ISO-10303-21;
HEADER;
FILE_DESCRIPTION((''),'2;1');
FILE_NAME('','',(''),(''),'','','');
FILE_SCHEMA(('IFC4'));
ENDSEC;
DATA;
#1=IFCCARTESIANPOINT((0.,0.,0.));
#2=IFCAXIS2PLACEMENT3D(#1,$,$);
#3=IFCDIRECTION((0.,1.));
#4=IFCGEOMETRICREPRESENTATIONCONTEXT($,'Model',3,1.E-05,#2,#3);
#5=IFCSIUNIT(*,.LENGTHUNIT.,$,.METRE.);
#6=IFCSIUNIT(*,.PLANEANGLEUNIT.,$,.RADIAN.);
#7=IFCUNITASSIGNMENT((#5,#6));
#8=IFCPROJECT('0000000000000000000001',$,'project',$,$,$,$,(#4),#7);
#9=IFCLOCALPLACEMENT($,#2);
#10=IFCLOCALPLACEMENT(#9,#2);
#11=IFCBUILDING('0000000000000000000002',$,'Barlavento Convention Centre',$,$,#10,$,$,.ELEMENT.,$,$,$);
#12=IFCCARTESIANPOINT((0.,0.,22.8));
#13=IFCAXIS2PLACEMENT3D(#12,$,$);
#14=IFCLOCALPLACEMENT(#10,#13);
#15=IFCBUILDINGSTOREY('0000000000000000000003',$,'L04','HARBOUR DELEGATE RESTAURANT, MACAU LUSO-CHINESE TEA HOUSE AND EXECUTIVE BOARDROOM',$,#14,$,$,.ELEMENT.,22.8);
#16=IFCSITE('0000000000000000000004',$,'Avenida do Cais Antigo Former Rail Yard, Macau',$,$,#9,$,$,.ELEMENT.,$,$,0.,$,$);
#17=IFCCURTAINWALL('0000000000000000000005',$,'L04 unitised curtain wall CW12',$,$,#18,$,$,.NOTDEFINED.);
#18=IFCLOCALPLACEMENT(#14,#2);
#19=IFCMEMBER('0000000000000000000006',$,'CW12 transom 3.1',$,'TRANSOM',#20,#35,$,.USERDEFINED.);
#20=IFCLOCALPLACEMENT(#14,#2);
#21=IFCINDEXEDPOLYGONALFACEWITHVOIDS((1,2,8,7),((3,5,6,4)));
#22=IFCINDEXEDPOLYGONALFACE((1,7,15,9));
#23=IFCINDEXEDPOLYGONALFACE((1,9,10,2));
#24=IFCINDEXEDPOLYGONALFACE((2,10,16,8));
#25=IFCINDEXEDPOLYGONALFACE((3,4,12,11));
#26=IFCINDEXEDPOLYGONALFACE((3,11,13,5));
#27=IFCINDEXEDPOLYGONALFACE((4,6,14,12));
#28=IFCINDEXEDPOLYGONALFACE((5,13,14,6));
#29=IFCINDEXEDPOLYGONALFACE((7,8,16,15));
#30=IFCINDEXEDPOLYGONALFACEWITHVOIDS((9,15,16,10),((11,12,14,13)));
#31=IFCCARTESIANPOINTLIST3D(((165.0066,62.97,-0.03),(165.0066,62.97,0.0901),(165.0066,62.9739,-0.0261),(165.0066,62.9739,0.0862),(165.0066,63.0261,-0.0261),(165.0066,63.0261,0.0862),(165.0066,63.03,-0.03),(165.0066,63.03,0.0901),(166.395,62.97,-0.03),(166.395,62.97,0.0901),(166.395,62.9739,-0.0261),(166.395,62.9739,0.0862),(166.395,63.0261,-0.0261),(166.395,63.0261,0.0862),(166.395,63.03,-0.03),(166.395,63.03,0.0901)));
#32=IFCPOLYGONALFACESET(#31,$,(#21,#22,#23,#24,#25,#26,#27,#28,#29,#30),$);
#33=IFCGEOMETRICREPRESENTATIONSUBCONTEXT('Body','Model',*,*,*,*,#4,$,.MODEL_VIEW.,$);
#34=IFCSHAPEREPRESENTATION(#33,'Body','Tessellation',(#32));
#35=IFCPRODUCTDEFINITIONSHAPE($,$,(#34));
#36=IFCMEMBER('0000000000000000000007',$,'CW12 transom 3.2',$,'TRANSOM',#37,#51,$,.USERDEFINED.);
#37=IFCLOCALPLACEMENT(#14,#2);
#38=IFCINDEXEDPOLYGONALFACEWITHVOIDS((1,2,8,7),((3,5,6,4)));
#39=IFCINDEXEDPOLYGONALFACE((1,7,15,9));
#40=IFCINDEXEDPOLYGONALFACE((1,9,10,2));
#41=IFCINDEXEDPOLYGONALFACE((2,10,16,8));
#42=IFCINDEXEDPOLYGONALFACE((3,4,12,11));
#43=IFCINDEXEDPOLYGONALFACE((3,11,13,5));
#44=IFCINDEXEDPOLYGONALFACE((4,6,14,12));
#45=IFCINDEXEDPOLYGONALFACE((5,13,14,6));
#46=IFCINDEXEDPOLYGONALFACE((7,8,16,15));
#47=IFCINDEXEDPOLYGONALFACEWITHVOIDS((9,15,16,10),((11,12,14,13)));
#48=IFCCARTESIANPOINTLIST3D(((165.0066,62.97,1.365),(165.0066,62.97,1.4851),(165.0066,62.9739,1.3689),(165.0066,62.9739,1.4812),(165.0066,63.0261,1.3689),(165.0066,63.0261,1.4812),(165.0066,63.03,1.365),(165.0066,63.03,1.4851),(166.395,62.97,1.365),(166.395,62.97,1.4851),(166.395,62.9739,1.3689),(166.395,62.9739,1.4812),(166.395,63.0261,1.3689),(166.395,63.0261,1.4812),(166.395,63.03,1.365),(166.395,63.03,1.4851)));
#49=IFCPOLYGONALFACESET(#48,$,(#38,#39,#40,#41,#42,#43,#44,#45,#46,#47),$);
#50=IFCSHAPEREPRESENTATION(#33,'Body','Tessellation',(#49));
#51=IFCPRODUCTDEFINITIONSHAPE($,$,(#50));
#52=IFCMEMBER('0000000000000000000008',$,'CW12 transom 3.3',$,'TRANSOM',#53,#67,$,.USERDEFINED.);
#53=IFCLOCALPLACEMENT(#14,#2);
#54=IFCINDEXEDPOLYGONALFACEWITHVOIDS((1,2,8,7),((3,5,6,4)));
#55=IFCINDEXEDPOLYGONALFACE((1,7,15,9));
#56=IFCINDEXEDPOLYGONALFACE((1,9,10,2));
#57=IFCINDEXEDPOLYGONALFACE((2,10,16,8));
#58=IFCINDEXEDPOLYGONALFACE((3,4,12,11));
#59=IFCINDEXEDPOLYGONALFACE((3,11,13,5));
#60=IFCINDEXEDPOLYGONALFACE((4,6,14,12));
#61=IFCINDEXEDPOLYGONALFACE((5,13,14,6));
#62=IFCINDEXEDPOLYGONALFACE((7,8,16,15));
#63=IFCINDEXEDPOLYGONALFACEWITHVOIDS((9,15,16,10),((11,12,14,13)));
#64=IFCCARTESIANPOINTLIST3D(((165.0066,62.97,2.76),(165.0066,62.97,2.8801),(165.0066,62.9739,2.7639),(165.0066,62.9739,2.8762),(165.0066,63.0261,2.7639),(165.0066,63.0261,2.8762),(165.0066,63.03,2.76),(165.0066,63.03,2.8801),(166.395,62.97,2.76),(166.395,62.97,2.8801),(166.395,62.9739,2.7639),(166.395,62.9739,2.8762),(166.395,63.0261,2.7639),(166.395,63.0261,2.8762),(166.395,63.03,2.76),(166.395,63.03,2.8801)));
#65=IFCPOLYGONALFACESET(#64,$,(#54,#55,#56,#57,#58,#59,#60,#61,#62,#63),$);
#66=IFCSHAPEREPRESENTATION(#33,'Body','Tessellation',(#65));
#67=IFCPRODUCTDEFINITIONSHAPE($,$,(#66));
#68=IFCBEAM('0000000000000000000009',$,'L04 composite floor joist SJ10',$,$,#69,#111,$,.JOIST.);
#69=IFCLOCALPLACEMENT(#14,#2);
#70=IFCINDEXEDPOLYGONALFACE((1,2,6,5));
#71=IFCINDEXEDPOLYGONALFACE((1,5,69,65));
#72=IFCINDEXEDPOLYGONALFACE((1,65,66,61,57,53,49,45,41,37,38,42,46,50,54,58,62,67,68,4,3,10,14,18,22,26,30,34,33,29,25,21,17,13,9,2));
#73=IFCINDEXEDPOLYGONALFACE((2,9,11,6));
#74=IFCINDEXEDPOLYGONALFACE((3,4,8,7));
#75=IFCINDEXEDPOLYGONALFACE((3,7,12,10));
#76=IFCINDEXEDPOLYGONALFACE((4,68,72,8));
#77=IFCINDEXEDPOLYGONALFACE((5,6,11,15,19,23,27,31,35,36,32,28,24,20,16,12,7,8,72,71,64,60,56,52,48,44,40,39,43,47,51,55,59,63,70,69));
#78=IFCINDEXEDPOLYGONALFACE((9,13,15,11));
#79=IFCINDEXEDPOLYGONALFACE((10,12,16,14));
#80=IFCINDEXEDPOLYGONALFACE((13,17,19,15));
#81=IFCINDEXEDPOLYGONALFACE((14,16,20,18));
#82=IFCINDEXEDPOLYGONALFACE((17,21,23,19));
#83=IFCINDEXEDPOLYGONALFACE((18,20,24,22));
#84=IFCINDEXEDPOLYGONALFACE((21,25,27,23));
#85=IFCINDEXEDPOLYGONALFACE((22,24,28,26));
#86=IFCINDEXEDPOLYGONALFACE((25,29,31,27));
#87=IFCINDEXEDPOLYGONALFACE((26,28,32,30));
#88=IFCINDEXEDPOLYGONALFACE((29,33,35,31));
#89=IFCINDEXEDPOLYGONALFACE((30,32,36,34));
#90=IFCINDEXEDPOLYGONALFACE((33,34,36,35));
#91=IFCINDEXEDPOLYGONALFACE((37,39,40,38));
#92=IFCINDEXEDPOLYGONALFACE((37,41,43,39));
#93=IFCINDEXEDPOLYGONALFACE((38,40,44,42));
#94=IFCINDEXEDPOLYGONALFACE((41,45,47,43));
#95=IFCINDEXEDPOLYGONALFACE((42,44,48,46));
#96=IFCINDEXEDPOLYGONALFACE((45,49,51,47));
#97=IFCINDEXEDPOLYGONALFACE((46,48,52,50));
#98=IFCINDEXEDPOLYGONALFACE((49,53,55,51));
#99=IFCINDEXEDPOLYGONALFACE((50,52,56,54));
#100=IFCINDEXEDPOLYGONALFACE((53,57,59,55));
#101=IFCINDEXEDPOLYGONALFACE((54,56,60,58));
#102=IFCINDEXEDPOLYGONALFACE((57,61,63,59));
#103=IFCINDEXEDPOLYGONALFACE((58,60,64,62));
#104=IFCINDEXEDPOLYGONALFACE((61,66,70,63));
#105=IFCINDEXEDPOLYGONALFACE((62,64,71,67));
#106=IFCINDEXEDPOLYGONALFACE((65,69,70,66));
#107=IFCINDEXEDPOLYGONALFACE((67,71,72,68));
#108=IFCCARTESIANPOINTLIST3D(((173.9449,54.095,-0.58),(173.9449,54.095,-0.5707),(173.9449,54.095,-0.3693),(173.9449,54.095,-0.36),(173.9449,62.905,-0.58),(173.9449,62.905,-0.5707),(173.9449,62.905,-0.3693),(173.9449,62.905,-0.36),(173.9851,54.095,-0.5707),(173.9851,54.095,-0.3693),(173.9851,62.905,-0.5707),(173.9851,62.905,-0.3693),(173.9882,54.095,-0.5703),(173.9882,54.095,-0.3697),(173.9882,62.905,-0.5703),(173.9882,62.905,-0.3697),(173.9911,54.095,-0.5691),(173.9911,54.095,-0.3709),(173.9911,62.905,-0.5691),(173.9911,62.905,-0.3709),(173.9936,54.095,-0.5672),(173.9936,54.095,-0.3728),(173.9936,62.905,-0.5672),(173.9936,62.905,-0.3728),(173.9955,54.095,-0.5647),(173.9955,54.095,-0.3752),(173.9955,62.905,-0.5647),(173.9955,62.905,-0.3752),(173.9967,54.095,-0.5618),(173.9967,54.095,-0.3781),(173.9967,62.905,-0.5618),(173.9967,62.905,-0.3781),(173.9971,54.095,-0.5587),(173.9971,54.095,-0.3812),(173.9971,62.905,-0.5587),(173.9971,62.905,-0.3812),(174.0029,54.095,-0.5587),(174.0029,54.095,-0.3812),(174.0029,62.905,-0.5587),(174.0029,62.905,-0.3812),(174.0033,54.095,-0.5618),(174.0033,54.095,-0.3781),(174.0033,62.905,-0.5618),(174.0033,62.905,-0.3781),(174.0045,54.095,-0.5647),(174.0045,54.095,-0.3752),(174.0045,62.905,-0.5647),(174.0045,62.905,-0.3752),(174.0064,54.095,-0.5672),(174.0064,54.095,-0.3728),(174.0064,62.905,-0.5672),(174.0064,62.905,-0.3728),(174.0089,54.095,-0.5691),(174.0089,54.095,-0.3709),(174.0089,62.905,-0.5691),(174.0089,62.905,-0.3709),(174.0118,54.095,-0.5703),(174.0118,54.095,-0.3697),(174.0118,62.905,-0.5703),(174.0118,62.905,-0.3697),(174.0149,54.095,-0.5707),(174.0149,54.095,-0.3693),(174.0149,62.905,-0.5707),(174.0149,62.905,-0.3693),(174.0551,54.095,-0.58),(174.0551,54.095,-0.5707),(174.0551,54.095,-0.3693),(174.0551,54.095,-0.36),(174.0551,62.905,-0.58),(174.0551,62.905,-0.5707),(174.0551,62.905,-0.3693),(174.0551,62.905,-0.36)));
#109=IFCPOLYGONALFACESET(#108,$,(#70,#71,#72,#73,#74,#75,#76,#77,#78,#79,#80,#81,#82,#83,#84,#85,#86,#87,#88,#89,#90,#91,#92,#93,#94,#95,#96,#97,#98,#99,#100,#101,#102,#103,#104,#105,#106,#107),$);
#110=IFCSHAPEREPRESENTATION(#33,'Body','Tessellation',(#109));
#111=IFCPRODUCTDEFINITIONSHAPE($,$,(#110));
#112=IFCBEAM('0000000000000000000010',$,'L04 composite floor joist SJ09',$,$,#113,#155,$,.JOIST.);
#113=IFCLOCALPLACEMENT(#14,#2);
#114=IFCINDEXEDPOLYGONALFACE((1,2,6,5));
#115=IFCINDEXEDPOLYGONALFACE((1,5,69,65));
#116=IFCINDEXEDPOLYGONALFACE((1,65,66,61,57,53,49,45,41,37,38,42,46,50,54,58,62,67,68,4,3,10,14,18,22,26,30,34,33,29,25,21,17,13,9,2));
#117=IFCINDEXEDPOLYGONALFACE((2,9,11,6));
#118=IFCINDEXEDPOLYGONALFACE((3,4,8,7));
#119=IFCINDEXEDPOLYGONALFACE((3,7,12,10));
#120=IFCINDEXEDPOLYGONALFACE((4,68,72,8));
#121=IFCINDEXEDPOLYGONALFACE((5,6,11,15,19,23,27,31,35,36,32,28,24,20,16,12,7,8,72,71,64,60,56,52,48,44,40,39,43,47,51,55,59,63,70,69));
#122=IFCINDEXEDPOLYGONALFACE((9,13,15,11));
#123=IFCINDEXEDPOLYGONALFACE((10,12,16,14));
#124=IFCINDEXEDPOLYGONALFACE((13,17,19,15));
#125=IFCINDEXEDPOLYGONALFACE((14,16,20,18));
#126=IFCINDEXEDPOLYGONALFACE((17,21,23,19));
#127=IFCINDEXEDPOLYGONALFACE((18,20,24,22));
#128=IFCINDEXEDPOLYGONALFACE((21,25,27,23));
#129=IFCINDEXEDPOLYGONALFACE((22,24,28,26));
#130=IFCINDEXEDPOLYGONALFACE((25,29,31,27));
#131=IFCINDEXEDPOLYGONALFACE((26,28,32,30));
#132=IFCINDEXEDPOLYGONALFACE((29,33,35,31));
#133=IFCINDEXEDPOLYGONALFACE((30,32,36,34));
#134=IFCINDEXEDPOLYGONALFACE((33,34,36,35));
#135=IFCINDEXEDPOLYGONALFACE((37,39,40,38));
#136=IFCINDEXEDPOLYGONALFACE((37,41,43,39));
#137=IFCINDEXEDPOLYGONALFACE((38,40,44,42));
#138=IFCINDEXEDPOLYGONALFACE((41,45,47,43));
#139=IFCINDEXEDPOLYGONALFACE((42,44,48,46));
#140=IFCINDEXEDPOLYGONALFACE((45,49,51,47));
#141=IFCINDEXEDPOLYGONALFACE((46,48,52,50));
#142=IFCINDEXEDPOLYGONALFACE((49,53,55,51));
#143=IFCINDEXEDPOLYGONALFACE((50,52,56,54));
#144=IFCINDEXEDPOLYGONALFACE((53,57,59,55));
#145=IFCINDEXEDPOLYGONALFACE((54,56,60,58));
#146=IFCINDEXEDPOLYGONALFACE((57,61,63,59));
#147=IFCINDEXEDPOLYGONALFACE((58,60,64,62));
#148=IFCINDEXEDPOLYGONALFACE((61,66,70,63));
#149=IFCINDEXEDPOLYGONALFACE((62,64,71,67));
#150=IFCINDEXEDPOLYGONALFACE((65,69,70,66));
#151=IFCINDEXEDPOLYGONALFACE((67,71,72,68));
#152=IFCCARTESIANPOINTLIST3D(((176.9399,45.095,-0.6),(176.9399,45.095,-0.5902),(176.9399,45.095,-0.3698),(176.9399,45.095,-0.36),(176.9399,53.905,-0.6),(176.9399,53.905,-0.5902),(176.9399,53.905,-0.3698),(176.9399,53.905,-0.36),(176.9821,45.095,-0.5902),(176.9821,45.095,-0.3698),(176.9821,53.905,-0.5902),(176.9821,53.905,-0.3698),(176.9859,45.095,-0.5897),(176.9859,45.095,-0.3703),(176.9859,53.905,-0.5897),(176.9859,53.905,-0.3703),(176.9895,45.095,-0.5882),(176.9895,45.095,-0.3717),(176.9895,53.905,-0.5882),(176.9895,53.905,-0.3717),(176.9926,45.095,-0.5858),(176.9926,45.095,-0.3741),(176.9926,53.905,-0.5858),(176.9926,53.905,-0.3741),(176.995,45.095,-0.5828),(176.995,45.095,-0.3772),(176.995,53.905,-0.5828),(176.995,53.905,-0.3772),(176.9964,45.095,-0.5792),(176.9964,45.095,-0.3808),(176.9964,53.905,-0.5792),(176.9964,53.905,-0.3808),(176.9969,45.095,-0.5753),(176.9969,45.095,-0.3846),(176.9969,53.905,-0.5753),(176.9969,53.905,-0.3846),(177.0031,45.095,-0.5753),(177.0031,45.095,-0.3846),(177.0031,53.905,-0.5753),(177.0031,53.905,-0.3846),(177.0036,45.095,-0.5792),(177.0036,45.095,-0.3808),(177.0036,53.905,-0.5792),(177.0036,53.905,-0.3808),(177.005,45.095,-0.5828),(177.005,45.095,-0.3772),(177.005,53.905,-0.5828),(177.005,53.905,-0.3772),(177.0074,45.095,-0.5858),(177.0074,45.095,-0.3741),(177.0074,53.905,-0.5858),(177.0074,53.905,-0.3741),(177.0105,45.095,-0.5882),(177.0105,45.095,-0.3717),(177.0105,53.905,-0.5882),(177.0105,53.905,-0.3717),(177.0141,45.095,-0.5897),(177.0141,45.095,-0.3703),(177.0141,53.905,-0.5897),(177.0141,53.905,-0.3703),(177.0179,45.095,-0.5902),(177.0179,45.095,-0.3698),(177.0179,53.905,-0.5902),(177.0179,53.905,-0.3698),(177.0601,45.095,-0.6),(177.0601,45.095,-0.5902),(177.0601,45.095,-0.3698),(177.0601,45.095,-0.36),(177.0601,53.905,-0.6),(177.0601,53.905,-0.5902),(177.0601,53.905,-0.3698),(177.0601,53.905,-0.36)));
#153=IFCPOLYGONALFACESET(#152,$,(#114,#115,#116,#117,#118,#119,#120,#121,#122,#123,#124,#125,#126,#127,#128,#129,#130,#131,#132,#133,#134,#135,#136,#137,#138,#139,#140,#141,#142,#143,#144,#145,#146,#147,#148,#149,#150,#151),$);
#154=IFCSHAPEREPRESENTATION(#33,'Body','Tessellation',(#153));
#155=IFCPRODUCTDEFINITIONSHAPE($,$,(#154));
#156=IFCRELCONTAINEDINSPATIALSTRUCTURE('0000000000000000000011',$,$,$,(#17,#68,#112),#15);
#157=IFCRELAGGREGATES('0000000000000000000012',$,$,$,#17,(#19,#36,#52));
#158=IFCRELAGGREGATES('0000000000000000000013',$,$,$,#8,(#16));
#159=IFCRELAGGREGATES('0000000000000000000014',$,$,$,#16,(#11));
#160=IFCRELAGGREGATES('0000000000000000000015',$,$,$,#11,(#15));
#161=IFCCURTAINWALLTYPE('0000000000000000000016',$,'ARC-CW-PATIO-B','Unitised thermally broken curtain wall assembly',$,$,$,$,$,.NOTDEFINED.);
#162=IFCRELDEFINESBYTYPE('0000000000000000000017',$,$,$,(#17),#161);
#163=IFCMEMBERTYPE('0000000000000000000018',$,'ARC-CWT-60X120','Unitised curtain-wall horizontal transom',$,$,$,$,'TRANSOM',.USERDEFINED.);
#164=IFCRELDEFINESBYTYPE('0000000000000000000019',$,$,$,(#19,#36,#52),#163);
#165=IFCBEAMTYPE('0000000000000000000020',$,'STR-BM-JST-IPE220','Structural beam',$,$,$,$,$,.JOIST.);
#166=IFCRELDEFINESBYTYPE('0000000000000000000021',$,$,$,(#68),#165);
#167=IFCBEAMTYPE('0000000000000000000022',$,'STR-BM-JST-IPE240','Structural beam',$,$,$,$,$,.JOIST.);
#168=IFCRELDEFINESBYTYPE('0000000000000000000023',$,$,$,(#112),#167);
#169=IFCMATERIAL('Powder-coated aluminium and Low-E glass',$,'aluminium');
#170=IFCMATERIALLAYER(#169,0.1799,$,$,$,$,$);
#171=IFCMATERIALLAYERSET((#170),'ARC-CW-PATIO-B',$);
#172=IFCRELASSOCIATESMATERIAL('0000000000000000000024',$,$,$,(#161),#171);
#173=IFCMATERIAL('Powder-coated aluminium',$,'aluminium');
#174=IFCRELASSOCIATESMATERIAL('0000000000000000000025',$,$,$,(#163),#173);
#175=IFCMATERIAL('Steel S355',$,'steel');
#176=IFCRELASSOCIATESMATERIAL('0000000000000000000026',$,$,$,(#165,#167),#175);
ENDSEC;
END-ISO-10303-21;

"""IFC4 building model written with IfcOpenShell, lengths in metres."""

from ifc_helpers import new_model, si_unit, direction, frame, origin, origin_2d, place, context, subcontext, project, spatial, hollow_rectangle, i_section, extrude, material, layer, layer_set, material_profile, profile_set, type_object, element, aggregate, save


model = new_model("IFC4")

# Units and contexts
model_context = context("Model", 3, precision=1e-05, world=origin(), true_north=direction((0.0, 1.0)))
body_context = subcontext(model_context, "Body", "Model", "MODEL_VIEW")
ifc_project = project(units=[si_unit("LENGTHUNIT", "METRE"), si_unit("PLANEANGLEUNIT", "RADIAN")], contexts=[model_context])

# Site, building, storey
site_placement = place(None, origin())
site = spatial("IfcSite", under=ifc_project, at=site_placement, Name="Avenida do Cais Antigo Former Rail Yard, Macau", CompositionType="ELEMENT", RefElevation=0.0)
building_placement = place(site_placement, origin())
building = spatial("IfcBuilding", under=site, at=building_placement, Name="Barlavento Convention Centre", CompositionType="ELEMENT")
storey_placement = place(building_placement, frame((0.0, 0.0, 22.8)))
storey = spatial("IfcBuildingStorey", under=building, at=storey_placement, Name="L04", Description="HARBOUR DELEGATE RESTAURANT, MACAU LUSO-CHINESE TEA HOUSE AND EXECUTIVE BOARDROOM", CompositionType="ELEMENT", Elevation=22.8)

# Shared definitions
ifc_material_1 = material(Name="Steel S355", Category="steel")

# Curtain wall, members
ifc_material_2 = material(Name="Powder-coated aluminium and Low-E glass", Category="aluminium")
ifc_layer_1 = layer(ifc_material_2, 0.1799)
ifc_layer_set_1 = layer_set([ifc_layer_1], Name="ARC-CW-PATIO-B")
curtain_wall_type = type_object("IfcCurtainWallType", Name="ARC-CW-PATIO-B", Description="Unitised thermally broken curtain wall assembly", PredefinedType="NOTDEFINED", material=ifc_layer_set_1)
curtain_wall_placement = place(storey_placement, origin())
curtain_wall = element("IfcCurtainWall", 1, at=curtain_wall_placement, inside=storey, type_object=curtain_wall_type, Name="L04 unitised curtain wall CW12", PredefinedType="NOTDEFINED")
ifc_material_3 = material(Name="Powder-coated aluminium", Category="aluminium")
ifc_material_profile_1 = material_profile(ifc_material_3, hollow_rectangle(XDim=0.0601, YDim=0.1201, WallThickness=0.0039, at=origin_2d()), Name="AL-TRAN 60x120x4")
ifc_profile_set_1 = profile_set([ifc_material_profile_1], Name="Powder-coated aluminium")
member_type = type_object("IfcMemberType", Name="ARC-CWT-60X120", Description="Unitised curtain-wall horizontal transom", ElementType="TRANSOM", PredefinedType="USERDEFINED", material=ifc_profile_set_1)
member_1_placement = place(storey_placement, frame((165.0066, 63.0, 0.03), z_axis=(1.0, 0.0, 0.0), x_axis=(0.0, 1.0, 0.0)))
member_1 = element("IfcMember", 2, at=member_1_placement, type_object=member_type, Name="CW12 transom 3.1", ObjectType="TRANSOM", PredefinedType="USERDEFINED", context=body_context, shape_type="SweptSolid", body=[
    extrude(hollow_rectangle(XDim=0.0601, YDim=0.1201, WallThickness=0.0039, at=origin_2d()), origin(), (0.0, 0.0, 1.0), 1.3884),
])
member_2_placement = place(storey_placement, frame((165.0066, 63.0, 1.425), z_axis=(1.0, 0.0, 0.0), x_axis=(0.0, 1.0, 0.0)))
member_2 = element("IfcMember", 3, at=member_2_placement, type_object=member_type, Name="CW12 transom 3.2", ObjectType="TRANSOM", PredefinedType="USERDEFINED", context=body_context, shape_type="SweptSolid", body=[
    extrude(hollow_rectangle(XDim=0.0601, YDim=0.1201, WallThickness=0.0039, at=origin_2d()), origin(), (0.0, 0.0, 1.0), 1.3884),
])
member_3_placement = place(storey_placement, frame((165.0066, 63.0, 2.8201), z_axis=(1.0, 0.0, 0.0), x_axis=(0.0, 1.0, 0.0)))
member_3 = element("IfcMember", 4, at=member_3_placement, type_object=member_type, Name="CW12 transom 3.3", ObjectType="TRANSOM", PredefinedType="USERDEFINED", context=body_context, shape_type="SweptSolid", body=[
    extrude(hollow_rectangle(XDim=0.0601, YDim=0.1201, WallThickness=0.0039, at=origin_2d()), origin(), (0.0, 0.0, 1.0), 1.3884),
])
aggregate(curtain_wall, [member_1, member_2, member_3])

# Beams
ifc_material_profile_2 = material_profile(ifc_material_1, i_section(OverallWidth=0.1101, OverallDepth=0.22, WebThickness=0.0059, FlangeThickness=0.0093, FilletRadius=0.012, at=origin_2d()), Name="IPE 220")
ifc_profile_set_2 = profile_set([ifc_material_profile_2], Name="Steel S355")
beam_type_1 = type_object("IfcBeamType", Name="STR-BM-JST-IPE220", Description="Structural beam", PredefinedType="JOIST", material=ifc_profile_set_2)
beam_1_placement = place(storey_placement, frame((174.0, 54.095, -0.47), z_axis=(0.0, 1.0, 0.0), x_axis=(-1.0, 0.0, 0.0)))
element("IfcBeam", 5, at=beam_1_placement, inside=storey, type_object=beam_type_1, Name="L04 composite floor joist SJ10", PredefinedType="JOIST", context=body_context, shape_type="SweptSolid", body=[
    extrude(i_section(OverallWidth=0.1101, OverallDepth=0.22, WebThickness=0.0059, FlangeThickness=0.0093, FilletRadius=0.012, at=origin_2d()), origin(), (0.0, 0.0, 1.0), 8.8101),
])
ifc_material_profile_3 = material_profile(ifc_material_1, i_section(OverallWidth=0.1201, OverallDepth=0.24, WebThickness=0.0061, FlangeThickness=0.0098, FilletRadius=0.0149, at=origin_2d()), Name="IPE 240")
ifc_profile_set_3 = profile_set([ifc_material_profile_3], Name="Steel S355")
beam_type_2 = type_object("IfcBeamType", Name="STR-BM-JST-IPE240", Description="Structural beam", PredefinedType="JOIST", material=ifc_profile_set_3)
beam_2_placement = place(storey_placement, frame((177.0, 45.095, -0.48), z_axis=(0.0, 1.0, 0.0), x_axis=(-1.0, 0.0, 0.0)))
element("IfcBeam", 6, at=beam_2_placement, inside=storey, type_object=beam_type_2, Name="L04 composite floor joist SJ09", PredefinedType="JOIST", context=body_context, shape_type="SweptSolid", body=[
    extrude(i_section(OverallWidth=0.1201, OverallDepth=0.24, WebThickness=0.0061, FlangeThickness=0.0098, FilletRadius=0.0149, at=origin_2d()), origin(), (0.0, 0.0, 1.0), 8.8101),
])

save(model, "model.ifc")
